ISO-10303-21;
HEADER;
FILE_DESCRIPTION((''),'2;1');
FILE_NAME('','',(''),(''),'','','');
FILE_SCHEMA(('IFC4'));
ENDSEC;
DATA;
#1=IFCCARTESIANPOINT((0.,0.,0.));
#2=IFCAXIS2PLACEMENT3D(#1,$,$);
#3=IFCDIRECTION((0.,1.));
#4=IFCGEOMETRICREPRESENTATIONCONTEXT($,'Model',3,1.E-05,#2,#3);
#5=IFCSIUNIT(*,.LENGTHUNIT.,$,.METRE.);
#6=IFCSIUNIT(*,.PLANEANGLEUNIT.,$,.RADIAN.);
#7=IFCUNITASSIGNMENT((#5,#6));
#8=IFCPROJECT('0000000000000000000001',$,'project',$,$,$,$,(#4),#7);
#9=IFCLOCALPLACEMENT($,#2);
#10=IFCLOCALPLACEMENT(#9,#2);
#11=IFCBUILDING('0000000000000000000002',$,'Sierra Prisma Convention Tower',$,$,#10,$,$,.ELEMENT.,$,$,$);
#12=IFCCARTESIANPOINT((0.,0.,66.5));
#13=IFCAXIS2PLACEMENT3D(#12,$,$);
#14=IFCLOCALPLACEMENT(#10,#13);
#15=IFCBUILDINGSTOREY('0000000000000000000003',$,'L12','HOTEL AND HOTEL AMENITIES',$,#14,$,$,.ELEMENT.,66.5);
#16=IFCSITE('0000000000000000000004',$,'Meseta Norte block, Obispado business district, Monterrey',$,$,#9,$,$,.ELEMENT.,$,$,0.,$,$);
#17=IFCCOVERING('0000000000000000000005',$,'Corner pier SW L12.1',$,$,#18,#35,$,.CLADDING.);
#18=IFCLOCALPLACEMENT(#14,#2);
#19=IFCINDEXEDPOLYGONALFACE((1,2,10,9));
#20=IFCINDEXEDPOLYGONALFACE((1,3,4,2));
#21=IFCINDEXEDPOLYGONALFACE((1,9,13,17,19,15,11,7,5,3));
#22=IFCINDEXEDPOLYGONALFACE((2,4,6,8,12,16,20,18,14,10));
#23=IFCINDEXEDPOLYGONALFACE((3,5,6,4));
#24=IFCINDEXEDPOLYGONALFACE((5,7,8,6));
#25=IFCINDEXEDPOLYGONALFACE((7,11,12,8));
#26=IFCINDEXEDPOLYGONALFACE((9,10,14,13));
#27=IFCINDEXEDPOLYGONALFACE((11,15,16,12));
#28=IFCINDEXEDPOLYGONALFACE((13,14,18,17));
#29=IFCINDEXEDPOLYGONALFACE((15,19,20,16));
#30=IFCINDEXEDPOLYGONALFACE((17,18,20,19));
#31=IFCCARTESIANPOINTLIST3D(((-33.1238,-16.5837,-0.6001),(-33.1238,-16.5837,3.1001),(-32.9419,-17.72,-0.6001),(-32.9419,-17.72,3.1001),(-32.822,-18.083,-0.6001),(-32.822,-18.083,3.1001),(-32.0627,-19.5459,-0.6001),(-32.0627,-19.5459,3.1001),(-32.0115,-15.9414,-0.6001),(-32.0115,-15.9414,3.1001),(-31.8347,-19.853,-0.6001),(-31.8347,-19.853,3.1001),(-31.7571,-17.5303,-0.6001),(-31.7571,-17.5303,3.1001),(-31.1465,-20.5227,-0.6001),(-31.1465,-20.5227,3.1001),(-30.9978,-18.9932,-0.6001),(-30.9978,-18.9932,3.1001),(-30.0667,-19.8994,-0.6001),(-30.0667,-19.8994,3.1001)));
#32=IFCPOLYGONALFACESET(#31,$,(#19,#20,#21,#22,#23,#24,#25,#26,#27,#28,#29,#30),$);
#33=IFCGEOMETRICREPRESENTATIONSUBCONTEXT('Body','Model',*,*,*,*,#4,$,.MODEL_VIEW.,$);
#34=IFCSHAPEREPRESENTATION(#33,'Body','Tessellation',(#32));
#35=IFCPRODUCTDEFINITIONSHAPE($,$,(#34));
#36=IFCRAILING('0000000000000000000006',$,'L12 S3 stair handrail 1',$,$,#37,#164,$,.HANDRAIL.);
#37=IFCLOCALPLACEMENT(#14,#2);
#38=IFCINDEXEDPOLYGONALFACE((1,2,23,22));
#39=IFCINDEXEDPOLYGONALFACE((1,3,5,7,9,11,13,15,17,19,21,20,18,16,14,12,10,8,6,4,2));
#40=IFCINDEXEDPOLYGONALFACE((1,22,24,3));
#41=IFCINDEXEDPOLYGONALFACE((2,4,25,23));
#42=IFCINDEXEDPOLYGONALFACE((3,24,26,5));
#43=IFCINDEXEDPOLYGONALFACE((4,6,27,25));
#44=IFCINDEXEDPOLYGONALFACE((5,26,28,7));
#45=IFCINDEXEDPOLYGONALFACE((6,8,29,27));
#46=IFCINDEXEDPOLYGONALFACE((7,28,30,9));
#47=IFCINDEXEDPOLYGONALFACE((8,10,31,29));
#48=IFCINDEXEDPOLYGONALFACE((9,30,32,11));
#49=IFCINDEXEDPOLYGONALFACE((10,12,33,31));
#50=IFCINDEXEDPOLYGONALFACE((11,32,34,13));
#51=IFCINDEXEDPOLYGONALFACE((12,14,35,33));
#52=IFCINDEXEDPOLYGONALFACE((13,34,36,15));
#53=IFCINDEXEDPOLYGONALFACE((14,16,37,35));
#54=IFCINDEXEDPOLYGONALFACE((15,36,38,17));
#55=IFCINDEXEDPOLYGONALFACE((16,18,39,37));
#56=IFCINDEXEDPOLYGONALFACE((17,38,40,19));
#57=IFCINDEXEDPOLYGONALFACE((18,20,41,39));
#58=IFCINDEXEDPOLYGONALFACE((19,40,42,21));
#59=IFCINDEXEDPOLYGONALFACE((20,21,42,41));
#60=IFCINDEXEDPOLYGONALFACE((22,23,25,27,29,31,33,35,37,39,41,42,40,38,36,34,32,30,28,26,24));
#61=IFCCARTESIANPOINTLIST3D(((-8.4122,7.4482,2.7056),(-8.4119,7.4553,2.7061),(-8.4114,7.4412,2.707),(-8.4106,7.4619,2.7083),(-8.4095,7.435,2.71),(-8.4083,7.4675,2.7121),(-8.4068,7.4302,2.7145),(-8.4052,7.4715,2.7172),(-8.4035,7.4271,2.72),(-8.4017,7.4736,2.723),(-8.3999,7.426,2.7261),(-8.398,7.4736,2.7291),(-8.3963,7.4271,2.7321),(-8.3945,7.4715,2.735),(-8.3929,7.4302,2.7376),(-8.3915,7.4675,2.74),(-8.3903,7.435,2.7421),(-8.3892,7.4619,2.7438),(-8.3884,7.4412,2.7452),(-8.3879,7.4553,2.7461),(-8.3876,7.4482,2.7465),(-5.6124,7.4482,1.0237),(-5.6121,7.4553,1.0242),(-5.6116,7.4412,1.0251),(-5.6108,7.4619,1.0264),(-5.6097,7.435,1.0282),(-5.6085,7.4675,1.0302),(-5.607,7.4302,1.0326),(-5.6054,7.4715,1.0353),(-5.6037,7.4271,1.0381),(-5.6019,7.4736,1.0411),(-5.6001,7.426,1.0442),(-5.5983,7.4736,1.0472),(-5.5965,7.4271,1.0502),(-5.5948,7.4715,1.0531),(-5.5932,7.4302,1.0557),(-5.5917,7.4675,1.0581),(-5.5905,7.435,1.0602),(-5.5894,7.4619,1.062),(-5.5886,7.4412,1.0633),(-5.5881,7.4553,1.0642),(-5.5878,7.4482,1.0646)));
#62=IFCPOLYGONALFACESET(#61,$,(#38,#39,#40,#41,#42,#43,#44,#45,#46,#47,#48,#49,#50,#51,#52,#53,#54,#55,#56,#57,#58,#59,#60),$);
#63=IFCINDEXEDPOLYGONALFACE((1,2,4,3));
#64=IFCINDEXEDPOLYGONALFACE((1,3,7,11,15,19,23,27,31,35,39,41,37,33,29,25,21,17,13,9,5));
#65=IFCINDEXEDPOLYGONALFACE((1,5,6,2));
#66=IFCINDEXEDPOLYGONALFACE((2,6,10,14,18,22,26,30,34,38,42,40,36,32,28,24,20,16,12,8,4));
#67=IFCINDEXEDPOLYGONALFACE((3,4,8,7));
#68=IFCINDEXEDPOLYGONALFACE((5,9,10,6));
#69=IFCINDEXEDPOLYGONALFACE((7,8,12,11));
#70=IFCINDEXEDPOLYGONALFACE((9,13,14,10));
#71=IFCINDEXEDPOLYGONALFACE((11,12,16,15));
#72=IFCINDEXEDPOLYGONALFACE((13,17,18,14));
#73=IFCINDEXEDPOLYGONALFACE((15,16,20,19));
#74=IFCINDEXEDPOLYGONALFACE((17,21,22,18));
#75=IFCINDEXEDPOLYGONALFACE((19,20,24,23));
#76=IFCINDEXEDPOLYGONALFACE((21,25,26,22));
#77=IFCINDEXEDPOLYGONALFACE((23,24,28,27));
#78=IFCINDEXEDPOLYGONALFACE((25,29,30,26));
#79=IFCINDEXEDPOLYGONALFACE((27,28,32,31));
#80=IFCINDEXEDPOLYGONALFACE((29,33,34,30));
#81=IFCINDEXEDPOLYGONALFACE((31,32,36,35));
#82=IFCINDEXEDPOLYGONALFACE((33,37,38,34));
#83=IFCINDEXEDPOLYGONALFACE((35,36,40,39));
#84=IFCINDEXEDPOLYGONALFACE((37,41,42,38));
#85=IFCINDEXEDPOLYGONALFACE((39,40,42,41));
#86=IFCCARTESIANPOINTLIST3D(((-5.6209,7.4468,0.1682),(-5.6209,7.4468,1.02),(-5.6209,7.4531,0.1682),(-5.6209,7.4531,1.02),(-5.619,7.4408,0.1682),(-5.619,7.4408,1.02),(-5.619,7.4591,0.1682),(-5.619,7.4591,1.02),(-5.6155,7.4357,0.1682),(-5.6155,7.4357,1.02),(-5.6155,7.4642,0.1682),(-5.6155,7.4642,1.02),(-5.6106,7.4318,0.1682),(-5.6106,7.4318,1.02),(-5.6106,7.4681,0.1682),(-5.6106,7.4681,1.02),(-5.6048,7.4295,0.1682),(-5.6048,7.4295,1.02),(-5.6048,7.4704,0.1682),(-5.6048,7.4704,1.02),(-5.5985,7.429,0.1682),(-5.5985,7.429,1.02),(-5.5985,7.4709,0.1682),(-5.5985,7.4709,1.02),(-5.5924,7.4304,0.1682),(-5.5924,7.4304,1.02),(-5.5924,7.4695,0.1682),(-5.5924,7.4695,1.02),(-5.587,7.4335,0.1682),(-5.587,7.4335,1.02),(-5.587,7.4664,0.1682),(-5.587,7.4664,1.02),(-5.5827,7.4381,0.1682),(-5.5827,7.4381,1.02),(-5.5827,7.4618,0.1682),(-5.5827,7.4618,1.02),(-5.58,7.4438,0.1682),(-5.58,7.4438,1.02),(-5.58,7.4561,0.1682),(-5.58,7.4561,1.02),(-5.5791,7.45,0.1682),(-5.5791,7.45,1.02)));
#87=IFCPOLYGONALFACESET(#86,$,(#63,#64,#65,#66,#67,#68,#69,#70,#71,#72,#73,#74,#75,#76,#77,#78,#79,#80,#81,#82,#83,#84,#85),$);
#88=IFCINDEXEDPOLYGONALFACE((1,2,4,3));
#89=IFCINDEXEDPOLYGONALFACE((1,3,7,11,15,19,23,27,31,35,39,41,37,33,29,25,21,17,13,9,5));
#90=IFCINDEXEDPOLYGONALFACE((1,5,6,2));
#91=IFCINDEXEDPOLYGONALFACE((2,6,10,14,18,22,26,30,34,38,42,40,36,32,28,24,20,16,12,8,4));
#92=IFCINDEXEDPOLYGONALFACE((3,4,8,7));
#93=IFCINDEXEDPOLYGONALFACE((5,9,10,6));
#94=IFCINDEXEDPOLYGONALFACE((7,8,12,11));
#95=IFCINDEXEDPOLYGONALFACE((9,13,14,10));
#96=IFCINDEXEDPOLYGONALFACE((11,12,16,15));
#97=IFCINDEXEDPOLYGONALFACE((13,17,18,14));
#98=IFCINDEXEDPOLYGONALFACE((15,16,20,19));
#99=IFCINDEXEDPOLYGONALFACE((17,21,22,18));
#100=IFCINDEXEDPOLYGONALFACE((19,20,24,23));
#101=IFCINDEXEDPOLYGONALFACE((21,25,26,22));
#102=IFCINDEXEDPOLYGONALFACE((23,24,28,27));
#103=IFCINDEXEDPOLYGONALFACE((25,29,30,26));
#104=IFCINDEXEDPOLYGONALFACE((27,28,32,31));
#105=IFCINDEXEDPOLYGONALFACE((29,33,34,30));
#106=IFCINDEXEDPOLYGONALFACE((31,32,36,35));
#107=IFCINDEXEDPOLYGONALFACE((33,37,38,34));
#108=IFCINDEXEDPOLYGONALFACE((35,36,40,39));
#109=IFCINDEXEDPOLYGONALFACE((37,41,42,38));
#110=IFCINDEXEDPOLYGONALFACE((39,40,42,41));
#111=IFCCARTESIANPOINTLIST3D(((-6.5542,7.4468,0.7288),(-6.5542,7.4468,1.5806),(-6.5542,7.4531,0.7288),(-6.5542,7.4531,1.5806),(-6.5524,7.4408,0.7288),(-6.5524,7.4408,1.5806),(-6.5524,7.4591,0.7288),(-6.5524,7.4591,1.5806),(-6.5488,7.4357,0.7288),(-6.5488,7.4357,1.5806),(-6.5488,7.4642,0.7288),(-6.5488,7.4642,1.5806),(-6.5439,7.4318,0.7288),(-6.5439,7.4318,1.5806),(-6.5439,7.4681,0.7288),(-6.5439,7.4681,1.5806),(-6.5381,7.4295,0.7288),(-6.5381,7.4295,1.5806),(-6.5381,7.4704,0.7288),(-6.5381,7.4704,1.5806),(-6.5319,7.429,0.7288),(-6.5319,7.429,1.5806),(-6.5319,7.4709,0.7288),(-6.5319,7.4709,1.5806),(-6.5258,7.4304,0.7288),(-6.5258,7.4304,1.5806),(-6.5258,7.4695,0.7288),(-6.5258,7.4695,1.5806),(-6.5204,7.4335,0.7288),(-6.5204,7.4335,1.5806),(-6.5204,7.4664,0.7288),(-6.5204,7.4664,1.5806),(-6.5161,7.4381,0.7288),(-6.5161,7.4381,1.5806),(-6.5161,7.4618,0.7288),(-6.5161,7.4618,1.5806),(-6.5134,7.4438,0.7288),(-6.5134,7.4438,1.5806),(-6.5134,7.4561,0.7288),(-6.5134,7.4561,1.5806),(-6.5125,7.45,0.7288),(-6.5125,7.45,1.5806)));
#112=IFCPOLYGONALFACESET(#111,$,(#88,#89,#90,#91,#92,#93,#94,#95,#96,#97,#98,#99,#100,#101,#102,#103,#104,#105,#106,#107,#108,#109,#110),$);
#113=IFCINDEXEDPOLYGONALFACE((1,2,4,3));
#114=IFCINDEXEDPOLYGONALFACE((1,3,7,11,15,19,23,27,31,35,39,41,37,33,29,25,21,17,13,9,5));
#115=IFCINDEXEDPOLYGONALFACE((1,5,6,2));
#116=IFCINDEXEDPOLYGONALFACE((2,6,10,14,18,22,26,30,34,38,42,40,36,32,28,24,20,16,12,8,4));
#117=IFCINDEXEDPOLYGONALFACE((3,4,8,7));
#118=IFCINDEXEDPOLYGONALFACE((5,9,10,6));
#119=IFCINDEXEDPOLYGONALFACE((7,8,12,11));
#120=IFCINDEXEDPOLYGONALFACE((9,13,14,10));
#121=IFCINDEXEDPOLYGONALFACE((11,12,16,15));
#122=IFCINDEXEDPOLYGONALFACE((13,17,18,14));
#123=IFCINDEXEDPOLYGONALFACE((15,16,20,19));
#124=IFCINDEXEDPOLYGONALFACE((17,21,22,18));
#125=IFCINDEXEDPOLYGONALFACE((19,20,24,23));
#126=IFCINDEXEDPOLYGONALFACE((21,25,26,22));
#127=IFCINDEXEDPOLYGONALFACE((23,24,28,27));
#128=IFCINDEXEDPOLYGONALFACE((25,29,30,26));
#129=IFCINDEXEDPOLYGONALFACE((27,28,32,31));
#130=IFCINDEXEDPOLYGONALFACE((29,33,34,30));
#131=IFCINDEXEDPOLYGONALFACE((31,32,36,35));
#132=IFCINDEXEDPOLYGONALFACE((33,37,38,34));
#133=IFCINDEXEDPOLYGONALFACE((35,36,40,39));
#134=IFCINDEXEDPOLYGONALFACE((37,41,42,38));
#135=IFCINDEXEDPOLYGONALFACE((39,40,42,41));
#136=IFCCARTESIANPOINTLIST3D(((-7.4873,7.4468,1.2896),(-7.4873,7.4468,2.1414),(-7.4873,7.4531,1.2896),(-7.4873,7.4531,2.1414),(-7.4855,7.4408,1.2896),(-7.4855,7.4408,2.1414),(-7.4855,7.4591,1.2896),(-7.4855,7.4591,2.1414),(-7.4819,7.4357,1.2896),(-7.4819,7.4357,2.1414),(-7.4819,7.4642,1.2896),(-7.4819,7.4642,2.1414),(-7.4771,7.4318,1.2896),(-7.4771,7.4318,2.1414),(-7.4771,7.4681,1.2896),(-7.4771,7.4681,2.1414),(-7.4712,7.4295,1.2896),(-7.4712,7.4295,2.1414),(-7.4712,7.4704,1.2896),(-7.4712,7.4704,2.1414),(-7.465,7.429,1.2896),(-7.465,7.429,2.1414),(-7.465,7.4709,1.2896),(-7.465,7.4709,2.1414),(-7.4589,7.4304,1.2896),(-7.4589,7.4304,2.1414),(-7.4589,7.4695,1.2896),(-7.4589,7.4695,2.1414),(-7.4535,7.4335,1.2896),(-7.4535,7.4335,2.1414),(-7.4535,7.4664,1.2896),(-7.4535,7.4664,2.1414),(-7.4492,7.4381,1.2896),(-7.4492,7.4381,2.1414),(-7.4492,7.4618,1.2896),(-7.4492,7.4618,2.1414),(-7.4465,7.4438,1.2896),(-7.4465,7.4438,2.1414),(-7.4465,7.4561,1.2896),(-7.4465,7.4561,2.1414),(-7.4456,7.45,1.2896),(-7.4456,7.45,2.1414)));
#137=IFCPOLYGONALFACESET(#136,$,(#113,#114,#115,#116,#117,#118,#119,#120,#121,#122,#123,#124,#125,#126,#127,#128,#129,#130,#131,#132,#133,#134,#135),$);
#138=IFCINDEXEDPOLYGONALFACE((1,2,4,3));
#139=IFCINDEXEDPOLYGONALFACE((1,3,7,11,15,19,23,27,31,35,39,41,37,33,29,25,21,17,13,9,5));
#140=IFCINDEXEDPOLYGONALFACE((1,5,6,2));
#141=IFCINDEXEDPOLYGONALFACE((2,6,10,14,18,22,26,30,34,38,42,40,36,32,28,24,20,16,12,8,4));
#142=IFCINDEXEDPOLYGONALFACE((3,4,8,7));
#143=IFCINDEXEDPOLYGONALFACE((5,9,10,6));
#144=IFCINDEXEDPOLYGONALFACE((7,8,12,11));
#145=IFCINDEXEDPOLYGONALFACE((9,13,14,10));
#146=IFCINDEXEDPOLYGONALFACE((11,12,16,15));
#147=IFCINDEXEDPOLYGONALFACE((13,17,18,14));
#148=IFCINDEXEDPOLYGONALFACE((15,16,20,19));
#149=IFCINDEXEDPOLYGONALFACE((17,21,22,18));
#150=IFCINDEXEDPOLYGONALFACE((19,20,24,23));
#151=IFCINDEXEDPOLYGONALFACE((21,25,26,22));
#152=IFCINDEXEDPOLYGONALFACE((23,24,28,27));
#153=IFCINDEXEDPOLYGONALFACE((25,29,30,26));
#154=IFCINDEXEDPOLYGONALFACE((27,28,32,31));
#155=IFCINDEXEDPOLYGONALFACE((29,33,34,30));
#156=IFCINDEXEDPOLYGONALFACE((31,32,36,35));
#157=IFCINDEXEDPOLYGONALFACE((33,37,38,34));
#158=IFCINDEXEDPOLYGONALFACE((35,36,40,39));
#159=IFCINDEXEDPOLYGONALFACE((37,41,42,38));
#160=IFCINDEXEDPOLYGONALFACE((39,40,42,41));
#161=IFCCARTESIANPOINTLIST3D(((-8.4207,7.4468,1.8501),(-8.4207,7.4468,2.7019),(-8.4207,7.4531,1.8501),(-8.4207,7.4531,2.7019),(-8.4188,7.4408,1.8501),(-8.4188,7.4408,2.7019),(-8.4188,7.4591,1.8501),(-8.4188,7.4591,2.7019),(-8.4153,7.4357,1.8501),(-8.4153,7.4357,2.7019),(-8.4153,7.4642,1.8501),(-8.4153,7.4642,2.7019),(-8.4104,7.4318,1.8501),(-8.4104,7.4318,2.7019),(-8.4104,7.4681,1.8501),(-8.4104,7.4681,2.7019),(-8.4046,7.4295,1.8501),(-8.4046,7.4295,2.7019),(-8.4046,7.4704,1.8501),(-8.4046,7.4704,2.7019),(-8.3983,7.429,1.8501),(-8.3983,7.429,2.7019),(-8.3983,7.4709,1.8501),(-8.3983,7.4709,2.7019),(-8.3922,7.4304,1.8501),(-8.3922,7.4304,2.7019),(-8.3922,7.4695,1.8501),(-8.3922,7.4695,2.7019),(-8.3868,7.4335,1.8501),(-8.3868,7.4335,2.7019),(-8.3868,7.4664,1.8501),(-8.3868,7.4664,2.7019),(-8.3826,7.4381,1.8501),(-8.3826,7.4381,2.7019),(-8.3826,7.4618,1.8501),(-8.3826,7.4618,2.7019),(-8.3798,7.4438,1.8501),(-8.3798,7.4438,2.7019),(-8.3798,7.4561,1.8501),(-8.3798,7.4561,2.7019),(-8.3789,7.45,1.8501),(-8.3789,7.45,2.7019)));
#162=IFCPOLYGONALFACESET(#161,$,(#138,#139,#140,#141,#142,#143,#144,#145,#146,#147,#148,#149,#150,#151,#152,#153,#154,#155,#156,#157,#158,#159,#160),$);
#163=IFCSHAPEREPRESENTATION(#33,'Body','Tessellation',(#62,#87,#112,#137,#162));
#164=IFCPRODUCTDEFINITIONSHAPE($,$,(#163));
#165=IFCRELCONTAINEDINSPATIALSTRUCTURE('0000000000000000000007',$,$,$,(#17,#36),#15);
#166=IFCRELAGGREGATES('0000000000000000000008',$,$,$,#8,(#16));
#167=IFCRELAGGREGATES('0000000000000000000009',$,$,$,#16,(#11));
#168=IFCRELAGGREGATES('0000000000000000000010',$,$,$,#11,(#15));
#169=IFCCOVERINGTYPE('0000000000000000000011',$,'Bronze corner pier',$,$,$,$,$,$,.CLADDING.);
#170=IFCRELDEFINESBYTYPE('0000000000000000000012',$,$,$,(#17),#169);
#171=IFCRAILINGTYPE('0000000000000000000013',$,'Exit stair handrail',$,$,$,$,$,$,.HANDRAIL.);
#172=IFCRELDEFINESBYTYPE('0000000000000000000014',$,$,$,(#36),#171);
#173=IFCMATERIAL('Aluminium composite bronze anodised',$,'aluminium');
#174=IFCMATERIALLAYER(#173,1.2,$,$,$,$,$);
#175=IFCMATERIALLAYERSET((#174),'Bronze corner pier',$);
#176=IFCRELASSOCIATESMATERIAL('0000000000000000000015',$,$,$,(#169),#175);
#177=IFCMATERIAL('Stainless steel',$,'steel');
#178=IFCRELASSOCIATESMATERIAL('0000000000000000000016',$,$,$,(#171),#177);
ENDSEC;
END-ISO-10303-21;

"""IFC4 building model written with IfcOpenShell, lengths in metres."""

from ifc_helpers import new_model, si_unit, direction, frame, origin, origin_2d, place, context, subcontext, project, spatial, polyline, circle, outline, extrude, material, layer, layer_set, type_object, element, save


model = new_model("IFC4")

# Units and contexts
model_context = context("Model", 3, precision=1e-05, world=origin(), true_north=direction((0.0, 1.0)))
body_context = subcontext(model_context, "Body", "Model", "MODEL_VIEW")
ifc_project = project(units=[si_unit("LENGTHUNIT", "METRE"), si_unit("PLANEANGLEUNIT", "RADIAN")], contexts=[model_context])

# Site, building, storey
site_placement = place(None, origin())
site = spatial("IfcSite", under=ifc_project, at=site_placement, Name="Meseta Norte block, Obispado business district, Monterrey", CompositionType="ELEMENT", RefElevation=0.0)
building_placement = place(site_placement, origin())
building = spatial("IfcBuilding", under=site, at=building_placement, Name="Sierra Prisma Convention Tower", CompositionType="ELEMENT")
storey_placement = place(building_placement, frame((0.0, 0.0, 66.5)))
storey = spatial("IfcBuildingStorey", under=building, at=storey_placement, Name="L12", Description="HOTEL AND HOTEL AMENITIES", CompositionType="ELEMENT", Elevation=66.5)

# Covering
ifc_material_1 = material(Name="Aluminium composite bronze anodised", Category="aluminium")
ifc_layer_1 = layer(ifc_material_1, 1.2)
ifc_layer_set_1 = layer_set([ifc_layer_1], Name="Bronze corner pier")
covering_type = type_object("IfcCoveringType", Name="Bronze corner pier", PredefinedType="CLADDING", material=ifc_layer_set_1)
covering_1_placement = place(storey_placement, frame((0.0, 0.0, -0.6001)))
element("IfcCovering", 1, at=covering_1_placement, inside=storey, type_object=covering_type, Name="Corner pier SW L12.1", PredefinedType="CLADDING", context=body_context, shape_type="SweptSolid", body=[
    extrude(outline(polyline([(-31.8347, -19.853), (-32.0627, -19.5459), (-32.822, -18.083), (-32.9419, -17.72), (-33.1238, -16.5837), (-32.0115, -15.9414), (-31.7571, -17.5303), (-30.9978, -18.9932), (-30.0667, -19.8994), (-31.1465, -20.5227), (-31.8347, -19.853)])), origin(), (0.0, 0.0, 1.0), 3.7002),
])

# Railing
ifc_material_2 = material(Name="Stainless steel", Category="steel")
railing_type_1 = type_object("IfcRailingType", Name="Exit stair handrail", PredefinedType="HANDRAIL", material=ifc_material_2)
railing_1_placement = place(storey_placement, frame((-5.6001, 7.45, 0.1682)))
element("IfcRailing", 2, at=railing_1_placement, inside=storey, type_object=railing_type_1, Name="L12 S3 stair handrail 1", PredefinedType="HANDRAIL", context=body_context, shape_type="SweptSolid", body=[
    extrude(circle(Radius=0.0239, at=origin_2d()), frame((0.0, 0.0, 0.876), z_axis=(-0.857222, 0.0, 0.514946), x_axis=(0.0, -1.0, 0.0)), (0.0, 0.0, 1.0), 3.2661),
    extrude(circle(Radius=0.021, at=origin_2d()), origin(), (0.0, 0.0, 1.0), 0.8518),
    extrude(circle(Radius=0.021, at=origin_2d()), frame((-0.9333, 0.0, 0.5605)), (0.0, 0.0, 1.0), 0.8518),
    extrude(circle(Radius=0.021, at=origin_2d()), frame((-1.8665, 0.0, 1.1213)), (0.0, 0.0, 1.0), 0.8518),
    extrude(circle(Radius=0.021, at=origin_2d()), frame((-2.7998, 0.0, 1.6819)), (0.0, 0.0, 1.0), 0.8518),
])

save(model, "model.ifc")
